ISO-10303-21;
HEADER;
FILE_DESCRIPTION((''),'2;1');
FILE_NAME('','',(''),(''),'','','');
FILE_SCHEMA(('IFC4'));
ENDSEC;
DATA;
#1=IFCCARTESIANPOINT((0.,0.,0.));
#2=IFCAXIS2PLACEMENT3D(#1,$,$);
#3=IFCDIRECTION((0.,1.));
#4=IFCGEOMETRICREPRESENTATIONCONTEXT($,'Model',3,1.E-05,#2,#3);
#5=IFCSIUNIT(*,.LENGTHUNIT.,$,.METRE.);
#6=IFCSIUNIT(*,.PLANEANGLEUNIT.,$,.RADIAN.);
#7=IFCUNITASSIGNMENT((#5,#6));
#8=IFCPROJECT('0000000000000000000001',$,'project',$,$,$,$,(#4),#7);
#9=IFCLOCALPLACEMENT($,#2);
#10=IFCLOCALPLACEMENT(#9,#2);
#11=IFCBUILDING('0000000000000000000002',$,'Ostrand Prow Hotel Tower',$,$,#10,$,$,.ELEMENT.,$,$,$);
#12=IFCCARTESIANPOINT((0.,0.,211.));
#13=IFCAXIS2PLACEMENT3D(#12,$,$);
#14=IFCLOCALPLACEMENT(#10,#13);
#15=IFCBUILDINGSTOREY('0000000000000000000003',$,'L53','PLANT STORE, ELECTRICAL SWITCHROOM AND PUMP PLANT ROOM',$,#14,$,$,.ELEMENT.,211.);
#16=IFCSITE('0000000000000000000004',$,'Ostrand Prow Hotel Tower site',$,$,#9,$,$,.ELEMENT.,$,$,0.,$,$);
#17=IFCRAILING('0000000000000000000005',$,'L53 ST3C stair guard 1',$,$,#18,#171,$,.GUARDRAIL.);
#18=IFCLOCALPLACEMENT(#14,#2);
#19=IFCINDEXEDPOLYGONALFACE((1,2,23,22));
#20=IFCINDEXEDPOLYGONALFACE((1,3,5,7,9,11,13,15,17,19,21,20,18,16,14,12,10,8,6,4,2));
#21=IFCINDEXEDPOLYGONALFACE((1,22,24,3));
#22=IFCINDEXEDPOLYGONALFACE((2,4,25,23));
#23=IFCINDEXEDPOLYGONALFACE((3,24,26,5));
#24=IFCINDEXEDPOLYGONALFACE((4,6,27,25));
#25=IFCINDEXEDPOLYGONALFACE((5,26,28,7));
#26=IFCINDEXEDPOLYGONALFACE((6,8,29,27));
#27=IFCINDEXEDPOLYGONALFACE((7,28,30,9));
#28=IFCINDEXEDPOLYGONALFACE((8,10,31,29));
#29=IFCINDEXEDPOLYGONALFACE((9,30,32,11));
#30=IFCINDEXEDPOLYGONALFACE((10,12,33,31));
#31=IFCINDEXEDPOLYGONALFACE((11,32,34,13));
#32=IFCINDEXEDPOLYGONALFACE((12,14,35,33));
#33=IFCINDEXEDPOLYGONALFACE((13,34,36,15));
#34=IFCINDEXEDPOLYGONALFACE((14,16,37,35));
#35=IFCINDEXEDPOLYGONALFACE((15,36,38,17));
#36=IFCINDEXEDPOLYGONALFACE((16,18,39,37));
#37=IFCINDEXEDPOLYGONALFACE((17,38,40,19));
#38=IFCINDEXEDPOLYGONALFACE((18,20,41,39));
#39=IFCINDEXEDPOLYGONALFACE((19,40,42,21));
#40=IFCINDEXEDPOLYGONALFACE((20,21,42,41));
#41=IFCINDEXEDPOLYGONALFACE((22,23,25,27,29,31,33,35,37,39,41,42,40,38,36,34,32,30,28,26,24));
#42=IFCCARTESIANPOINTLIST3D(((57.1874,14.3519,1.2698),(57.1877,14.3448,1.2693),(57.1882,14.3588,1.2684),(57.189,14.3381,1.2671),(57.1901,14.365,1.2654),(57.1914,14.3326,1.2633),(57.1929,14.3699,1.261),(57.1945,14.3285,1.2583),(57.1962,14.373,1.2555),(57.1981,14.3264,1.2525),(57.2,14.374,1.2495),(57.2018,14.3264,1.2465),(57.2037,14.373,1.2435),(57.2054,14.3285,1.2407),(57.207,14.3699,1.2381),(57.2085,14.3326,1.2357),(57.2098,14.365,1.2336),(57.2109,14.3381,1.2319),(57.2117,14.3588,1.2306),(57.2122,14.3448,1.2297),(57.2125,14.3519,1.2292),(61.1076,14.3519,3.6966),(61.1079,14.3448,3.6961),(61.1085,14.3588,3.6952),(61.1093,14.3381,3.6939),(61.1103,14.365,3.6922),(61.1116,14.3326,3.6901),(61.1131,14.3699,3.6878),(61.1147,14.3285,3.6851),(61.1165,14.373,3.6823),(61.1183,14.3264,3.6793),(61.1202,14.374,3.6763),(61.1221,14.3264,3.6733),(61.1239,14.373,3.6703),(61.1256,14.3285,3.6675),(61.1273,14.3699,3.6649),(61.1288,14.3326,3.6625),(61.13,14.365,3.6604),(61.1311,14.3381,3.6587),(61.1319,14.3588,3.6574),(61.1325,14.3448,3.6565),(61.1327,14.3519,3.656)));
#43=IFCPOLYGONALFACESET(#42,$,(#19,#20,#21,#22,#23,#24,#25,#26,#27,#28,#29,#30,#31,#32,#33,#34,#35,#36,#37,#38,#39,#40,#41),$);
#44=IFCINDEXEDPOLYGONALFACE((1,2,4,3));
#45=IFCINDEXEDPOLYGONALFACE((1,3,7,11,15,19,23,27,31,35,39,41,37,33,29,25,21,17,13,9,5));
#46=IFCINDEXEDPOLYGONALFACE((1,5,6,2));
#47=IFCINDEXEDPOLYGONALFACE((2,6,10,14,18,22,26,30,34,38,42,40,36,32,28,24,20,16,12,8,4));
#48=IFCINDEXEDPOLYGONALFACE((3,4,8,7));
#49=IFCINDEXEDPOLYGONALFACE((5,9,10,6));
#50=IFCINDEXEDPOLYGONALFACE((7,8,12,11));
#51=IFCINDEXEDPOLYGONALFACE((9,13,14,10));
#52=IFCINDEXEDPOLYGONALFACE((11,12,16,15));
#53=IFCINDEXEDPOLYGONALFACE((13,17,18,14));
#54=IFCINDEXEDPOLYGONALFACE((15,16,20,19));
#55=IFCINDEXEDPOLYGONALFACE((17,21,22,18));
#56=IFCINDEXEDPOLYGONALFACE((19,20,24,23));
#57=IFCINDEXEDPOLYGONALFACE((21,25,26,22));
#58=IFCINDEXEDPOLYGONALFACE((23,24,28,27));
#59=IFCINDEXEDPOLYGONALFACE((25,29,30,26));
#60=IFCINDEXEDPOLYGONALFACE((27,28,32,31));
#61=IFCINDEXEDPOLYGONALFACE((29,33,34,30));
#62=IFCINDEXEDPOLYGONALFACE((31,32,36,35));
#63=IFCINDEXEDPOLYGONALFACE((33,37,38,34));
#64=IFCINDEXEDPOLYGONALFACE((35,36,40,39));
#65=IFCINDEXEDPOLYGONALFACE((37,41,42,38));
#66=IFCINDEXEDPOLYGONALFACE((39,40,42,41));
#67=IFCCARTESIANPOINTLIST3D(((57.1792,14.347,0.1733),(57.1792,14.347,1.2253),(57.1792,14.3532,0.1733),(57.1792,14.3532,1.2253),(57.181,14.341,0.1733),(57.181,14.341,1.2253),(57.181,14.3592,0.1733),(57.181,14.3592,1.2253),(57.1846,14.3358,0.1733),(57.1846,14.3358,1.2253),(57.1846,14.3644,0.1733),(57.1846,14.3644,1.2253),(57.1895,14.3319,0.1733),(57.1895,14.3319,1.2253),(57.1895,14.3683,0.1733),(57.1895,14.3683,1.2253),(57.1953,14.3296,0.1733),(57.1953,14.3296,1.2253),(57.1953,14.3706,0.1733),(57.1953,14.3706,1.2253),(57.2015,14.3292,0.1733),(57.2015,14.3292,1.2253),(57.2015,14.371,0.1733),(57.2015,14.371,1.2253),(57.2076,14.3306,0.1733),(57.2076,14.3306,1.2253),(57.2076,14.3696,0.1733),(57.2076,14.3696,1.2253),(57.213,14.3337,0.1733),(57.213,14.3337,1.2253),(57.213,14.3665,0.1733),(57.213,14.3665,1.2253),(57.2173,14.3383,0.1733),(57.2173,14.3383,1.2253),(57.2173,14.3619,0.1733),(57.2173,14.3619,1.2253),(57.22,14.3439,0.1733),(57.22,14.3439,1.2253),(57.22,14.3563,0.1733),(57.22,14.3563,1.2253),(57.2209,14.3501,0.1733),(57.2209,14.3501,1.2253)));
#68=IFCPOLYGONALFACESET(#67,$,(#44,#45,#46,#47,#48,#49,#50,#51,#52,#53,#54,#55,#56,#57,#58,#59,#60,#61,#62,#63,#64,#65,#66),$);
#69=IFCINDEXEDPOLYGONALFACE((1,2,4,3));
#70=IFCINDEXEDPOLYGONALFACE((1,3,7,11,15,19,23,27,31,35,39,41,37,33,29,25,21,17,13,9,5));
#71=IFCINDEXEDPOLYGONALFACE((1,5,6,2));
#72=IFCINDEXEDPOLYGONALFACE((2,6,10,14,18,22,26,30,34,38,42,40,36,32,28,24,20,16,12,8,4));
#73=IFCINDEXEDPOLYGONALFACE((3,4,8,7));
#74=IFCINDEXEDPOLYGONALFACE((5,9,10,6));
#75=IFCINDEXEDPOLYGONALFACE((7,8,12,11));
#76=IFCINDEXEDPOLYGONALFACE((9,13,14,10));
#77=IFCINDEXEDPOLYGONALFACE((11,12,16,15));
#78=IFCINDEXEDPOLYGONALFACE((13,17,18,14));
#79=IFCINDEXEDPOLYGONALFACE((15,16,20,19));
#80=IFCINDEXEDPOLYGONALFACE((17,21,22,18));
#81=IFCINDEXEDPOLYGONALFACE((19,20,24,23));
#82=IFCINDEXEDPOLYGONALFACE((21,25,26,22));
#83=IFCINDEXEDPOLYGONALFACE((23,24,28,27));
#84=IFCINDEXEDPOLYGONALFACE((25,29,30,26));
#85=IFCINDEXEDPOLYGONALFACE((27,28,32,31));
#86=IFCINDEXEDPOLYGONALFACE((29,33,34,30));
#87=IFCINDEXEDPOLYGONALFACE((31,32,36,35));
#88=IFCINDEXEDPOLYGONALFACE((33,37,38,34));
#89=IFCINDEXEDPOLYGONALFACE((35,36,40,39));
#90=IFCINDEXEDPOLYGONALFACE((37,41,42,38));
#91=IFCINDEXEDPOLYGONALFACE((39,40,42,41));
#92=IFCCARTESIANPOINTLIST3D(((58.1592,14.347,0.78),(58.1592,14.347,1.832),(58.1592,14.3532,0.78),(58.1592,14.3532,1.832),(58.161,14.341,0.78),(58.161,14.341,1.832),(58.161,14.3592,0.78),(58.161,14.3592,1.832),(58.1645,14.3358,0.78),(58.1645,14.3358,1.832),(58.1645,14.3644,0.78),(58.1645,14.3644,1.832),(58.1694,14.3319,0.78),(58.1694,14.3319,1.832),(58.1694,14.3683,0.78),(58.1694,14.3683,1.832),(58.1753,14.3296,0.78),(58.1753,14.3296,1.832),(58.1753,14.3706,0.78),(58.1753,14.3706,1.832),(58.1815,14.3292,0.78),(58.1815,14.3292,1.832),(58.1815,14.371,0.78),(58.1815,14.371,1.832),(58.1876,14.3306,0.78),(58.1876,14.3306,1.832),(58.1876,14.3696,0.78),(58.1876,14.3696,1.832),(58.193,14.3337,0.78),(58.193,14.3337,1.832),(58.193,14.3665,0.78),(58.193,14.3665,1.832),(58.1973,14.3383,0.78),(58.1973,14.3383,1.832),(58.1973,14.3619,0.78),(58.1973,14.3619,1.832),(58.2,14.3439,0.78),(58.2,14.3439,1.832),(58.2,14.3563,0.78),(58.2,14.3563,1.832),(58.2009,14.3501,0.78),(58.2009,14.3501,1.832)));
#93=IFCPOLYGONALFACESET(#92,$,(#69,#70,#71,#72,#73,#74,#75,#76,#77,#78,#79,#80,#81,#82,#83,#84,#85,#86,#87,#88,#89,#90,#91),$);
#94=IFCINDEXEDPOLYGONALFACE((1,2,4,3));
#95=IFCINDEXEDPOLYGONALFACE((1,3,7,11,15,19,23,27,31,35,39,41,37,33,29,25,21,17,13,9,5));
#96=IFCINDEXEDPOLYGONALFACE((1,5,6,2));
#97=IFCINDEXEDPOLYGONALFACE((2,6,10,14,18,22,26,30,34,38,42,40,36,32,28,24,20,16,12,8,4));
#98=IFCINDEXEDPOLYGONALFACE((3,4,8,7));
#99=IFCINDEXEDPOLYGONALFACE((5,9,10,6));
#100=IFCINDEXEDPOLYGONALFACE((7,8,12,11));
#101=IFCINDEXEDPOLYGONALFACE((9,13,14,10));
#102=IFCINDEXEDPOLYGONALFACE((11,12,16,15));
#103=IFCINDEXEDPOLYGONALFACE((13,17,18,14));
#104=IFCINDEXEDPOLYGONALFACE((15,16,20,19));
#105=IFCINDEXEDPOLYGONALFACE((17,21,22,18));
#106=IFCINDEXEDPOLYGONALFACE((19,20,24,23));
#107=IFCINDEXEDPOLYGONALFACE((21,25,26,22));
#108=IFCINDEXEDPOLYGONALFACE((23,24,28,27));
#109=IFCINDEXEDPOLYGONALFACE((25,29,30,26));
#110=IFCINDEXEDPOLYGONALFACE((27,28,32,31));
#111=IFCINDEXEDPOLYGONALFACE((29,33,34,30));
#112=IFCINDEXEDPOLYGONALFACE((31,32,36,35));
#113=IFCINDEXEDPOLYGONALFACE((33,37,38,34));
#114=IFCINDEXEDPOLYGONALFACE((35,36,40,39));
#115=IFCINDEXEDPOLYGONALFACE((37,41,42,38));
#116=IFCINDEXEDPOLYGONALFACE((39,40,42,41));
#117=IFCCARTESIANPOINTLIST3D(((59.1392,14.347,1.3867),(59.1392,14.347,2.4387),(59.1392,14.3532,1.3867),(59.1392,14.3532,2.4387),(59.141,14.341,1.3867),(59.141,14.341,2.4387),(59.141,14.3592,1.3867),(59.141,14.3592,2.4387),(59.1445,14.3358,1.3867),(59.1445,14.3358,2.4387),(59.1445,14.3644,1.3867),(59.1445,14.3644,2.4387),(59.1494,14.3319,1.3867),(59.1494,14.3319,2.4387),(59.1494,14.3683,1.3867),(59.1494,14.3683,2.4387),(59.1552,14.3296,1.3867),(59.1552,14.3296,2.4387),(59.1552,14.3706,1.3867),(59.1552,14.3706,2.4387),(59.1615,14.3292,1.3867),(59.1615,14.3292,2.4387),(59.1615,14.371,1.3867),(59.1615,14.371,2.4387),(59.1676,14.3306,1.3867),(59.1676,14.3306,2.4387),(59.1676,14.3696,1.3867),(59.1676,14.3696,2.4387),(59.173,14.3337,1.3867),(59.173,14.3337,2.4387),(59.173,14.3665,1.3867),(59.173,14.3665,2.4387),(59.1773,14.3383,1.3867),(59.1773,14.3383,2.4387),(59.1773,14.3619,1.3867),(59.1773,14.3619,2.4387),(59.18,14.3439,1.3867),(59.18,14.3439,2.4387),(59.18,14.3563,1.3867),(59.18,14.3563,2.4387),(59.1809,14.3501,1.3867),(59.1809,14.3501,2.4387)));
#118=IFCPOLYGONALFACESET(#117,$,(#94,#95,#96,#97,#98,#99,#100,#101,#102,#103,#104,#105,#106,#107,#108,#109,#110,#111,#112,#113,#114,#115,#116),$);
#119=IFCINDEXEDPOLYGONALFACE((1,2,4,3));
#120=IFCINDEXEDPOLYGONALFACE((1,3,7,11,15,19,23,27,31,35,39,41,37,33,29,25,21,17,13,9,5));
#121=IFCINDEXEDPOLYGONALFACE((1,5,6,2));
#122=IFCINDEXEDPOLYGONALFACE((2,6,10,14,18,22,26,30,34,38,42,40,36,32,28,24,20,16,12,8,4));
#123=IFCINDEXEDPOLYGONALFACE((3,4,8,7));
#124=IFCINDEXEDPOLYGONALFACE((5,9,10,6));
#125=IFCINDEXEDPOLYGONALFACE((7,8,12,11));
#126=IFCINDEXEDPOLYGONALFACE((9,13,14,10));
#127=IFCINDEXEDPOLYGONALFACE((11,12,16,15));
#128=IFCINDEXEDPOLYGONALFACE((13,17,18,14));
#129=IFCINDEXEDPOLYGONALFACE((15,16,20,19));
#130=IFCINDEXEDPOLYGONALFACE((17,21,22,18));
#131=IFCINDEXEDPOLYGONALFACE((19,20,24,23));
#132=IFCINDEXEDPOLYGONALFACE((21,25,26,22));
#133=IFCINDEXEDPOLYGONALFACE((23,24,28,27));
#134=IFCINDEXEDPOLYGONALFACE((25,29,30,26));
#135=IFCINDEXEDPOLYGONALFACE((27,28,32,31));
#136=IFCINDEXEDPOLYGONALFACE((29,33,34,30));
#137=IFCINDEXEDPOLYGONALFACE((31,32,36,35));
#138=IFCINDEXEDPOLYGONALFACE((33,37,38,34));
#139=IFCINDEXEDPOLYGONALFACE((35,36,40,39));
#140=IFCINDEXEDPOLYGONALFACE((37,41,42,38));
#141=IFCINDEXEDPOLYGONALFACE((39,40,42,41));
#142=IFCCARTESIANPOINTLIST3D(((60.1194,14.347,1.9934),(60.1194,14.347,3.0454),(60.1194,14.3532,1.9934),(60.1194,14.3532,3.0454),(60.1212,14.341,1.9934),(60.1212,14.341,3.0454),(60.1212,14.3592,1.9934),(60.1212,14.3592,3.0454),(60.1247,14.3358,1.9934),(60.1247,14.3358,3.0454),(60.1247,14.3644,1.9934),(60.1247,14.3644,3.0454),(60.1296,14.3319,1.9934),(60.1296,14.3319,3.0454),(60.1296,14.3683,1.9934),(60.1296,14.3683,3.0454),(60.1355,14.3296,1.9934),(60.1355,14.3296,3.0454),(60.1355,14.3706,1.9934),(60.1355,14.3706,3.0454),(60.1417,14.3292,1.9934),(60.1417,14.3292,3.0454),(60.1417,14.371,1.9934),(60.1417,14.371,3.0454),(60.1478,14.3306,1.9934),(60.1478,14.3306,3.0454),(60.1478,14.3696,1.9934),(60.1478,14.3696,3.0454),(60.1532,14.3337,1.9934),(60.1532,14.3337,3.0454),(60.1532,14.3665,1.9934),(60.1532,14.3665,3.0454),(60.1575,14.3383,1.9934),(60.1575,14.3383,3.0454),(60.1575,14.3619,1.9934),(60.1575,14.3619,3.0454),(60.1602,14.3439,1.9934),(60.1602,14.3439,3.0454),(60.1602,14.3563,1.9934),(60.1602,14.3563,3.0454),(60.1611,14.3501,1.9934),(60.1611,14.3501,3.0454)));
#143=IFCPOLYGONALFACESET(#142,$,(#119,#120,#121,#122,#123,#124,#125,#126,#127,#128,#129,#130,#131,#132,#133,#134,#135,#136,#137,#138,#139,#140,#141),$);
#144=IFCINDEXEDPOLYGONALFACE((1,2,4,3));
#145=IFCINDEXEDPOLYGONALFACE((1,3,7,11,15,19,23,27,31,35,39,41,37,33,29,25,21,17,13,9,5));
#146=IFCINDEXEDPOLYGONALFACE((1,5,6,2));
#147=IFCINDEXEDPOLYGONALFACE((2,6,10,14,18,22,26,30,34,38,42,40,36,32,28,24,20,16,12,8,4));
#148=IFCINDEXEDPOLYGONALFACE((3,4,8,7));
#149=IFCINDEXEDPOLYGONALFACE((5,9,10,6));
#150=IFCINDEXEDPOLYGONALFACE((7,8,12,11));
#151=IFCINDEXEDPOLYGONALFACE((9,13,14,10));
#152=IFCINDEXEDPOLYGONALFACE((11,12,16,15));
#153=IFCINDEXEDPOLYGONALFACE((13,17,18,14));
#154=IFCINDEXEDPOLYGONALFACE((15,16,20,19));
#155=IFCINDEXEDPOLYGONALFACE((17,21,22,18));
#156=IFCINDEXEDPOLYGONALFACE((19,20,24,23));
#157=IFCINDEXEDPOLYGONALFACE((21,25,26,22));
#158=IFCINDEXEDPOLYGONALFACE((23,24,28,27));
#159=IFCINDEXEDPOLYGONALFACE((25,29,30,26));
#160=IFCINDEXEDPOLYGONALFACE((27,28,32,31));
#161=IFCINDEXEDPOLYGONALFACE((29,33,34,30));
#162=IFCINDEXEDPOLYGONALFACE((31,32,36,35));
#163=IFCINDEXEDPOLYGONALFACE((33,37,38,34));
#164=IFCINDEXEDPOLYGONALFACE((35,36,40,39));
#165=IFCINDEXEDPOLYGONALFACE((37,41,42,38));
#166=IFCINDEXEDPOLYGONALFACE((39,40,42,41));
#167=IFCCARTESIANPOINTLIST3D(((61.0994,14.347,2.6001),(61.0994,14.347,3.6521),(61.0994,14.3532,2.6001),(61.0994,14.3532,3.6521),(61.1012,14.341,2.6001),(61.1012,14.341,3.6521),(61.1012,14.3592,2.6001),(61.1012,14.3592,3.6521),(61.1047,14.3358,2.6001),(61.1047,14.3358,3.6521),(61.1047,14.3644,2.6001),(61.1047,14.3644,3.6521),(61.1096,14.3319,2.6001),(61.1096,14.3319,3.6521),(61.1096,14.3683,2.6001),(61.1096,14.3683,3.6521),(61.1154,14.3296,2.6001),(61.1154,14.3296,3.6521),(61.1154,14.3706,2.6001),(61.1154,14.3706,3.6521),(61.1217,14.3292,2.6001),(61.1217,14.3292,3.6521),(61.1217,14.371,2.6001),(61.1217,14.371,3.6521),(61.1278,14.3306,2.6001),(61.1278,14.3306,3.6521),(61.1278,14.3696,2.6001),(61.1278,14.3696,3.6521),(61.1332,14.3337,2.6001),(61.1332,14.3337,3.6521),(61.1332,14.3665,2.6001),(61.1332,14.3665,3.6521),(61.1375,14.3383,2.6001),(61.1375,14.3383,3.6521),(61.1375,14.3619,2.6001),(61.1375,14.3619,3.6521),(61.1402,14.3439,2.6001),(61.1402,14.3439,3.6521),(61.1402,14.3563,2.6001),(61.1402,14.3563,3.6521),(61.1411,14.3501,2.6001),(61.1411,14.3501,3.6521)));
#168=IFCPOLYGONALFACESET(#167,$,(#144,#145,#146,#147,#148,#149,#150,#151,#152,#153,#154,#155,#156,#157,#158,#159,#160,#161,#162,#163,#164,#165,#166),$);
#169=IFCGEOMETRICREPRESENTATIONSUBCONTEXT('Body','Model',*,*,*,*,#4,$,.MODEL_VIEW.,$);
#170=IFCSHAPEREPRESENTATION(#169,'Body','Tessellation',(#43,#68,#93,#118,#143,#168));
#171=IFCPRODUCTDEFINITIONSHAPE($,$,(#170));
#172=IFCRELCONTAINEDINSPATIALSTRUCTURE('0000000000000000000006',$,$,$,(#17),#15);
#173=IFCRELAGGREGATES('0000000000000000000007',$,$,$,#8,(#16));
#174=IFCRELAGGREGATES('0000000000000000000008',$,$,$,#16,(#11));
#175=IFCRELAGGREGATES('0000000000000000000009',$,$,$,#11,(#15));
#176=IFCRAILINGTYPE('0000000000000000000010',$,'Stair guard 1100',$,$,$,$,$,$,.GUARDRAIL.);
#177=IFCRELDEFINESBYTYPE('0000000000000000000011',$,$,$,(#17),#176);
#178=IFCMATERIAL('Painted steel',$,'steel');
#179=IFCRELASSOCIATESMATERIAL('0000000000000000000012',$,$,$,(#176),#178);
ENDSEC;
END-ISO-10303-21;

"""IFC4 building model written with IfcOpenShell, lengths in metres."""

from ifc_helpers import new_model, si_unit, direction, frame, origin, origin_2d, place, context, subcontext, project, spatial, circle, extrude, material, type_object, element, save


model = new_model("IFC4")

# Units and contexts
model_context = context("Model", 3, precision=1e-05, world=origin(), true_north=direction((0.0, 1.0)))
body_context = subcontext(model_context, "Body", "Model", "MODEL_VIEW")
ifc_project = project(units=[si_unit("LENGTHUNIT", "METRE"), si_unit("PLANEANGLEUNIT", "RADIAN")], contexts=[model_context])

# Site, building, storey
site_placement = place(None, origin())
site = spatial("IfcSite", under=ifc_project, at=site_placement, Name="Ostrand Prow Hotel Tower site", CompositionType="ELEMENT", RefElevation=0.0)
building_placement = place(site_placement, origin())
building = spatial("IfcBuilding", under=site, at=building_placement, Name="Ostrand Prow Hotel Tower", CompositionType="ELEMENT")
storey_placement = place(building_placement, frame((0.0, 0.0, 211.0)))
storey = spatial("IfcBuildingStorey", under=building, at=storey_placement, Name="L53", Description="PLANT STORE, ELECTRICAL SWITCHROOM AND PUMP PLANT ROOM", CompositionType="ELEMENT", Elevation=211.0)

# Railing
ifc_material_1 = material(Name="Painted steel", Category="steel")
railing_type_1 = type_object("IfcRailingType", Name="Stair guard 1100", PredefinedType="GUARDRAIL", material=ifc_material_1)
railing_1_placement = place(storey_placement, frame((57.2, 14.3501, 0.1733)))
element("IfcRailing", 1, at=railing_1_placement, inside=storey, type_object=railing_type_1, Name="L53 ST3C stair guard 1", PredefinedType="GUARDRAIL", context=body_context, shape_type="SweptSolid", body=[
    extrude(circle(Radius=0.0239, at=origin_2d()), frame((0.0, 0.0, 1.0762), z_axis=(0.850266, 0.0, 0.526353), x_axis=(0.0, 1.0, 0.0)), (0.0, 0.0, 1.0), 4.6106),
    extrude(circle(Radius=0.021, at=origin_2d()), origin(), (0.0, 0.0, 1.0), 1.052),
    extrude(circle(Radius=0.021, at=origin_2d()), frame((0.98, 0.0, 0.6067)), (0.0, 0.0, 1.0), 1.052),
    extrude(circle(Radius=0.021, at=origin_2d()), frame((1.96, 0.0, 1.2134)), (0.0, 0.0, 1.0), 1.052),
    extrude(circle(Radius=0.021, at=origin_2d()), frame((2.9402, 0.0, 1.8201)), (0.0, 0.0, 1.0), 1.052),
    extrude(circle(Radius=0.021, at=origin_2d()), frame((3.9202, 0.0, 2.4268)), (0.0, 0.0, 1.0), 1.052),
])

save(model, "model.ifc")
